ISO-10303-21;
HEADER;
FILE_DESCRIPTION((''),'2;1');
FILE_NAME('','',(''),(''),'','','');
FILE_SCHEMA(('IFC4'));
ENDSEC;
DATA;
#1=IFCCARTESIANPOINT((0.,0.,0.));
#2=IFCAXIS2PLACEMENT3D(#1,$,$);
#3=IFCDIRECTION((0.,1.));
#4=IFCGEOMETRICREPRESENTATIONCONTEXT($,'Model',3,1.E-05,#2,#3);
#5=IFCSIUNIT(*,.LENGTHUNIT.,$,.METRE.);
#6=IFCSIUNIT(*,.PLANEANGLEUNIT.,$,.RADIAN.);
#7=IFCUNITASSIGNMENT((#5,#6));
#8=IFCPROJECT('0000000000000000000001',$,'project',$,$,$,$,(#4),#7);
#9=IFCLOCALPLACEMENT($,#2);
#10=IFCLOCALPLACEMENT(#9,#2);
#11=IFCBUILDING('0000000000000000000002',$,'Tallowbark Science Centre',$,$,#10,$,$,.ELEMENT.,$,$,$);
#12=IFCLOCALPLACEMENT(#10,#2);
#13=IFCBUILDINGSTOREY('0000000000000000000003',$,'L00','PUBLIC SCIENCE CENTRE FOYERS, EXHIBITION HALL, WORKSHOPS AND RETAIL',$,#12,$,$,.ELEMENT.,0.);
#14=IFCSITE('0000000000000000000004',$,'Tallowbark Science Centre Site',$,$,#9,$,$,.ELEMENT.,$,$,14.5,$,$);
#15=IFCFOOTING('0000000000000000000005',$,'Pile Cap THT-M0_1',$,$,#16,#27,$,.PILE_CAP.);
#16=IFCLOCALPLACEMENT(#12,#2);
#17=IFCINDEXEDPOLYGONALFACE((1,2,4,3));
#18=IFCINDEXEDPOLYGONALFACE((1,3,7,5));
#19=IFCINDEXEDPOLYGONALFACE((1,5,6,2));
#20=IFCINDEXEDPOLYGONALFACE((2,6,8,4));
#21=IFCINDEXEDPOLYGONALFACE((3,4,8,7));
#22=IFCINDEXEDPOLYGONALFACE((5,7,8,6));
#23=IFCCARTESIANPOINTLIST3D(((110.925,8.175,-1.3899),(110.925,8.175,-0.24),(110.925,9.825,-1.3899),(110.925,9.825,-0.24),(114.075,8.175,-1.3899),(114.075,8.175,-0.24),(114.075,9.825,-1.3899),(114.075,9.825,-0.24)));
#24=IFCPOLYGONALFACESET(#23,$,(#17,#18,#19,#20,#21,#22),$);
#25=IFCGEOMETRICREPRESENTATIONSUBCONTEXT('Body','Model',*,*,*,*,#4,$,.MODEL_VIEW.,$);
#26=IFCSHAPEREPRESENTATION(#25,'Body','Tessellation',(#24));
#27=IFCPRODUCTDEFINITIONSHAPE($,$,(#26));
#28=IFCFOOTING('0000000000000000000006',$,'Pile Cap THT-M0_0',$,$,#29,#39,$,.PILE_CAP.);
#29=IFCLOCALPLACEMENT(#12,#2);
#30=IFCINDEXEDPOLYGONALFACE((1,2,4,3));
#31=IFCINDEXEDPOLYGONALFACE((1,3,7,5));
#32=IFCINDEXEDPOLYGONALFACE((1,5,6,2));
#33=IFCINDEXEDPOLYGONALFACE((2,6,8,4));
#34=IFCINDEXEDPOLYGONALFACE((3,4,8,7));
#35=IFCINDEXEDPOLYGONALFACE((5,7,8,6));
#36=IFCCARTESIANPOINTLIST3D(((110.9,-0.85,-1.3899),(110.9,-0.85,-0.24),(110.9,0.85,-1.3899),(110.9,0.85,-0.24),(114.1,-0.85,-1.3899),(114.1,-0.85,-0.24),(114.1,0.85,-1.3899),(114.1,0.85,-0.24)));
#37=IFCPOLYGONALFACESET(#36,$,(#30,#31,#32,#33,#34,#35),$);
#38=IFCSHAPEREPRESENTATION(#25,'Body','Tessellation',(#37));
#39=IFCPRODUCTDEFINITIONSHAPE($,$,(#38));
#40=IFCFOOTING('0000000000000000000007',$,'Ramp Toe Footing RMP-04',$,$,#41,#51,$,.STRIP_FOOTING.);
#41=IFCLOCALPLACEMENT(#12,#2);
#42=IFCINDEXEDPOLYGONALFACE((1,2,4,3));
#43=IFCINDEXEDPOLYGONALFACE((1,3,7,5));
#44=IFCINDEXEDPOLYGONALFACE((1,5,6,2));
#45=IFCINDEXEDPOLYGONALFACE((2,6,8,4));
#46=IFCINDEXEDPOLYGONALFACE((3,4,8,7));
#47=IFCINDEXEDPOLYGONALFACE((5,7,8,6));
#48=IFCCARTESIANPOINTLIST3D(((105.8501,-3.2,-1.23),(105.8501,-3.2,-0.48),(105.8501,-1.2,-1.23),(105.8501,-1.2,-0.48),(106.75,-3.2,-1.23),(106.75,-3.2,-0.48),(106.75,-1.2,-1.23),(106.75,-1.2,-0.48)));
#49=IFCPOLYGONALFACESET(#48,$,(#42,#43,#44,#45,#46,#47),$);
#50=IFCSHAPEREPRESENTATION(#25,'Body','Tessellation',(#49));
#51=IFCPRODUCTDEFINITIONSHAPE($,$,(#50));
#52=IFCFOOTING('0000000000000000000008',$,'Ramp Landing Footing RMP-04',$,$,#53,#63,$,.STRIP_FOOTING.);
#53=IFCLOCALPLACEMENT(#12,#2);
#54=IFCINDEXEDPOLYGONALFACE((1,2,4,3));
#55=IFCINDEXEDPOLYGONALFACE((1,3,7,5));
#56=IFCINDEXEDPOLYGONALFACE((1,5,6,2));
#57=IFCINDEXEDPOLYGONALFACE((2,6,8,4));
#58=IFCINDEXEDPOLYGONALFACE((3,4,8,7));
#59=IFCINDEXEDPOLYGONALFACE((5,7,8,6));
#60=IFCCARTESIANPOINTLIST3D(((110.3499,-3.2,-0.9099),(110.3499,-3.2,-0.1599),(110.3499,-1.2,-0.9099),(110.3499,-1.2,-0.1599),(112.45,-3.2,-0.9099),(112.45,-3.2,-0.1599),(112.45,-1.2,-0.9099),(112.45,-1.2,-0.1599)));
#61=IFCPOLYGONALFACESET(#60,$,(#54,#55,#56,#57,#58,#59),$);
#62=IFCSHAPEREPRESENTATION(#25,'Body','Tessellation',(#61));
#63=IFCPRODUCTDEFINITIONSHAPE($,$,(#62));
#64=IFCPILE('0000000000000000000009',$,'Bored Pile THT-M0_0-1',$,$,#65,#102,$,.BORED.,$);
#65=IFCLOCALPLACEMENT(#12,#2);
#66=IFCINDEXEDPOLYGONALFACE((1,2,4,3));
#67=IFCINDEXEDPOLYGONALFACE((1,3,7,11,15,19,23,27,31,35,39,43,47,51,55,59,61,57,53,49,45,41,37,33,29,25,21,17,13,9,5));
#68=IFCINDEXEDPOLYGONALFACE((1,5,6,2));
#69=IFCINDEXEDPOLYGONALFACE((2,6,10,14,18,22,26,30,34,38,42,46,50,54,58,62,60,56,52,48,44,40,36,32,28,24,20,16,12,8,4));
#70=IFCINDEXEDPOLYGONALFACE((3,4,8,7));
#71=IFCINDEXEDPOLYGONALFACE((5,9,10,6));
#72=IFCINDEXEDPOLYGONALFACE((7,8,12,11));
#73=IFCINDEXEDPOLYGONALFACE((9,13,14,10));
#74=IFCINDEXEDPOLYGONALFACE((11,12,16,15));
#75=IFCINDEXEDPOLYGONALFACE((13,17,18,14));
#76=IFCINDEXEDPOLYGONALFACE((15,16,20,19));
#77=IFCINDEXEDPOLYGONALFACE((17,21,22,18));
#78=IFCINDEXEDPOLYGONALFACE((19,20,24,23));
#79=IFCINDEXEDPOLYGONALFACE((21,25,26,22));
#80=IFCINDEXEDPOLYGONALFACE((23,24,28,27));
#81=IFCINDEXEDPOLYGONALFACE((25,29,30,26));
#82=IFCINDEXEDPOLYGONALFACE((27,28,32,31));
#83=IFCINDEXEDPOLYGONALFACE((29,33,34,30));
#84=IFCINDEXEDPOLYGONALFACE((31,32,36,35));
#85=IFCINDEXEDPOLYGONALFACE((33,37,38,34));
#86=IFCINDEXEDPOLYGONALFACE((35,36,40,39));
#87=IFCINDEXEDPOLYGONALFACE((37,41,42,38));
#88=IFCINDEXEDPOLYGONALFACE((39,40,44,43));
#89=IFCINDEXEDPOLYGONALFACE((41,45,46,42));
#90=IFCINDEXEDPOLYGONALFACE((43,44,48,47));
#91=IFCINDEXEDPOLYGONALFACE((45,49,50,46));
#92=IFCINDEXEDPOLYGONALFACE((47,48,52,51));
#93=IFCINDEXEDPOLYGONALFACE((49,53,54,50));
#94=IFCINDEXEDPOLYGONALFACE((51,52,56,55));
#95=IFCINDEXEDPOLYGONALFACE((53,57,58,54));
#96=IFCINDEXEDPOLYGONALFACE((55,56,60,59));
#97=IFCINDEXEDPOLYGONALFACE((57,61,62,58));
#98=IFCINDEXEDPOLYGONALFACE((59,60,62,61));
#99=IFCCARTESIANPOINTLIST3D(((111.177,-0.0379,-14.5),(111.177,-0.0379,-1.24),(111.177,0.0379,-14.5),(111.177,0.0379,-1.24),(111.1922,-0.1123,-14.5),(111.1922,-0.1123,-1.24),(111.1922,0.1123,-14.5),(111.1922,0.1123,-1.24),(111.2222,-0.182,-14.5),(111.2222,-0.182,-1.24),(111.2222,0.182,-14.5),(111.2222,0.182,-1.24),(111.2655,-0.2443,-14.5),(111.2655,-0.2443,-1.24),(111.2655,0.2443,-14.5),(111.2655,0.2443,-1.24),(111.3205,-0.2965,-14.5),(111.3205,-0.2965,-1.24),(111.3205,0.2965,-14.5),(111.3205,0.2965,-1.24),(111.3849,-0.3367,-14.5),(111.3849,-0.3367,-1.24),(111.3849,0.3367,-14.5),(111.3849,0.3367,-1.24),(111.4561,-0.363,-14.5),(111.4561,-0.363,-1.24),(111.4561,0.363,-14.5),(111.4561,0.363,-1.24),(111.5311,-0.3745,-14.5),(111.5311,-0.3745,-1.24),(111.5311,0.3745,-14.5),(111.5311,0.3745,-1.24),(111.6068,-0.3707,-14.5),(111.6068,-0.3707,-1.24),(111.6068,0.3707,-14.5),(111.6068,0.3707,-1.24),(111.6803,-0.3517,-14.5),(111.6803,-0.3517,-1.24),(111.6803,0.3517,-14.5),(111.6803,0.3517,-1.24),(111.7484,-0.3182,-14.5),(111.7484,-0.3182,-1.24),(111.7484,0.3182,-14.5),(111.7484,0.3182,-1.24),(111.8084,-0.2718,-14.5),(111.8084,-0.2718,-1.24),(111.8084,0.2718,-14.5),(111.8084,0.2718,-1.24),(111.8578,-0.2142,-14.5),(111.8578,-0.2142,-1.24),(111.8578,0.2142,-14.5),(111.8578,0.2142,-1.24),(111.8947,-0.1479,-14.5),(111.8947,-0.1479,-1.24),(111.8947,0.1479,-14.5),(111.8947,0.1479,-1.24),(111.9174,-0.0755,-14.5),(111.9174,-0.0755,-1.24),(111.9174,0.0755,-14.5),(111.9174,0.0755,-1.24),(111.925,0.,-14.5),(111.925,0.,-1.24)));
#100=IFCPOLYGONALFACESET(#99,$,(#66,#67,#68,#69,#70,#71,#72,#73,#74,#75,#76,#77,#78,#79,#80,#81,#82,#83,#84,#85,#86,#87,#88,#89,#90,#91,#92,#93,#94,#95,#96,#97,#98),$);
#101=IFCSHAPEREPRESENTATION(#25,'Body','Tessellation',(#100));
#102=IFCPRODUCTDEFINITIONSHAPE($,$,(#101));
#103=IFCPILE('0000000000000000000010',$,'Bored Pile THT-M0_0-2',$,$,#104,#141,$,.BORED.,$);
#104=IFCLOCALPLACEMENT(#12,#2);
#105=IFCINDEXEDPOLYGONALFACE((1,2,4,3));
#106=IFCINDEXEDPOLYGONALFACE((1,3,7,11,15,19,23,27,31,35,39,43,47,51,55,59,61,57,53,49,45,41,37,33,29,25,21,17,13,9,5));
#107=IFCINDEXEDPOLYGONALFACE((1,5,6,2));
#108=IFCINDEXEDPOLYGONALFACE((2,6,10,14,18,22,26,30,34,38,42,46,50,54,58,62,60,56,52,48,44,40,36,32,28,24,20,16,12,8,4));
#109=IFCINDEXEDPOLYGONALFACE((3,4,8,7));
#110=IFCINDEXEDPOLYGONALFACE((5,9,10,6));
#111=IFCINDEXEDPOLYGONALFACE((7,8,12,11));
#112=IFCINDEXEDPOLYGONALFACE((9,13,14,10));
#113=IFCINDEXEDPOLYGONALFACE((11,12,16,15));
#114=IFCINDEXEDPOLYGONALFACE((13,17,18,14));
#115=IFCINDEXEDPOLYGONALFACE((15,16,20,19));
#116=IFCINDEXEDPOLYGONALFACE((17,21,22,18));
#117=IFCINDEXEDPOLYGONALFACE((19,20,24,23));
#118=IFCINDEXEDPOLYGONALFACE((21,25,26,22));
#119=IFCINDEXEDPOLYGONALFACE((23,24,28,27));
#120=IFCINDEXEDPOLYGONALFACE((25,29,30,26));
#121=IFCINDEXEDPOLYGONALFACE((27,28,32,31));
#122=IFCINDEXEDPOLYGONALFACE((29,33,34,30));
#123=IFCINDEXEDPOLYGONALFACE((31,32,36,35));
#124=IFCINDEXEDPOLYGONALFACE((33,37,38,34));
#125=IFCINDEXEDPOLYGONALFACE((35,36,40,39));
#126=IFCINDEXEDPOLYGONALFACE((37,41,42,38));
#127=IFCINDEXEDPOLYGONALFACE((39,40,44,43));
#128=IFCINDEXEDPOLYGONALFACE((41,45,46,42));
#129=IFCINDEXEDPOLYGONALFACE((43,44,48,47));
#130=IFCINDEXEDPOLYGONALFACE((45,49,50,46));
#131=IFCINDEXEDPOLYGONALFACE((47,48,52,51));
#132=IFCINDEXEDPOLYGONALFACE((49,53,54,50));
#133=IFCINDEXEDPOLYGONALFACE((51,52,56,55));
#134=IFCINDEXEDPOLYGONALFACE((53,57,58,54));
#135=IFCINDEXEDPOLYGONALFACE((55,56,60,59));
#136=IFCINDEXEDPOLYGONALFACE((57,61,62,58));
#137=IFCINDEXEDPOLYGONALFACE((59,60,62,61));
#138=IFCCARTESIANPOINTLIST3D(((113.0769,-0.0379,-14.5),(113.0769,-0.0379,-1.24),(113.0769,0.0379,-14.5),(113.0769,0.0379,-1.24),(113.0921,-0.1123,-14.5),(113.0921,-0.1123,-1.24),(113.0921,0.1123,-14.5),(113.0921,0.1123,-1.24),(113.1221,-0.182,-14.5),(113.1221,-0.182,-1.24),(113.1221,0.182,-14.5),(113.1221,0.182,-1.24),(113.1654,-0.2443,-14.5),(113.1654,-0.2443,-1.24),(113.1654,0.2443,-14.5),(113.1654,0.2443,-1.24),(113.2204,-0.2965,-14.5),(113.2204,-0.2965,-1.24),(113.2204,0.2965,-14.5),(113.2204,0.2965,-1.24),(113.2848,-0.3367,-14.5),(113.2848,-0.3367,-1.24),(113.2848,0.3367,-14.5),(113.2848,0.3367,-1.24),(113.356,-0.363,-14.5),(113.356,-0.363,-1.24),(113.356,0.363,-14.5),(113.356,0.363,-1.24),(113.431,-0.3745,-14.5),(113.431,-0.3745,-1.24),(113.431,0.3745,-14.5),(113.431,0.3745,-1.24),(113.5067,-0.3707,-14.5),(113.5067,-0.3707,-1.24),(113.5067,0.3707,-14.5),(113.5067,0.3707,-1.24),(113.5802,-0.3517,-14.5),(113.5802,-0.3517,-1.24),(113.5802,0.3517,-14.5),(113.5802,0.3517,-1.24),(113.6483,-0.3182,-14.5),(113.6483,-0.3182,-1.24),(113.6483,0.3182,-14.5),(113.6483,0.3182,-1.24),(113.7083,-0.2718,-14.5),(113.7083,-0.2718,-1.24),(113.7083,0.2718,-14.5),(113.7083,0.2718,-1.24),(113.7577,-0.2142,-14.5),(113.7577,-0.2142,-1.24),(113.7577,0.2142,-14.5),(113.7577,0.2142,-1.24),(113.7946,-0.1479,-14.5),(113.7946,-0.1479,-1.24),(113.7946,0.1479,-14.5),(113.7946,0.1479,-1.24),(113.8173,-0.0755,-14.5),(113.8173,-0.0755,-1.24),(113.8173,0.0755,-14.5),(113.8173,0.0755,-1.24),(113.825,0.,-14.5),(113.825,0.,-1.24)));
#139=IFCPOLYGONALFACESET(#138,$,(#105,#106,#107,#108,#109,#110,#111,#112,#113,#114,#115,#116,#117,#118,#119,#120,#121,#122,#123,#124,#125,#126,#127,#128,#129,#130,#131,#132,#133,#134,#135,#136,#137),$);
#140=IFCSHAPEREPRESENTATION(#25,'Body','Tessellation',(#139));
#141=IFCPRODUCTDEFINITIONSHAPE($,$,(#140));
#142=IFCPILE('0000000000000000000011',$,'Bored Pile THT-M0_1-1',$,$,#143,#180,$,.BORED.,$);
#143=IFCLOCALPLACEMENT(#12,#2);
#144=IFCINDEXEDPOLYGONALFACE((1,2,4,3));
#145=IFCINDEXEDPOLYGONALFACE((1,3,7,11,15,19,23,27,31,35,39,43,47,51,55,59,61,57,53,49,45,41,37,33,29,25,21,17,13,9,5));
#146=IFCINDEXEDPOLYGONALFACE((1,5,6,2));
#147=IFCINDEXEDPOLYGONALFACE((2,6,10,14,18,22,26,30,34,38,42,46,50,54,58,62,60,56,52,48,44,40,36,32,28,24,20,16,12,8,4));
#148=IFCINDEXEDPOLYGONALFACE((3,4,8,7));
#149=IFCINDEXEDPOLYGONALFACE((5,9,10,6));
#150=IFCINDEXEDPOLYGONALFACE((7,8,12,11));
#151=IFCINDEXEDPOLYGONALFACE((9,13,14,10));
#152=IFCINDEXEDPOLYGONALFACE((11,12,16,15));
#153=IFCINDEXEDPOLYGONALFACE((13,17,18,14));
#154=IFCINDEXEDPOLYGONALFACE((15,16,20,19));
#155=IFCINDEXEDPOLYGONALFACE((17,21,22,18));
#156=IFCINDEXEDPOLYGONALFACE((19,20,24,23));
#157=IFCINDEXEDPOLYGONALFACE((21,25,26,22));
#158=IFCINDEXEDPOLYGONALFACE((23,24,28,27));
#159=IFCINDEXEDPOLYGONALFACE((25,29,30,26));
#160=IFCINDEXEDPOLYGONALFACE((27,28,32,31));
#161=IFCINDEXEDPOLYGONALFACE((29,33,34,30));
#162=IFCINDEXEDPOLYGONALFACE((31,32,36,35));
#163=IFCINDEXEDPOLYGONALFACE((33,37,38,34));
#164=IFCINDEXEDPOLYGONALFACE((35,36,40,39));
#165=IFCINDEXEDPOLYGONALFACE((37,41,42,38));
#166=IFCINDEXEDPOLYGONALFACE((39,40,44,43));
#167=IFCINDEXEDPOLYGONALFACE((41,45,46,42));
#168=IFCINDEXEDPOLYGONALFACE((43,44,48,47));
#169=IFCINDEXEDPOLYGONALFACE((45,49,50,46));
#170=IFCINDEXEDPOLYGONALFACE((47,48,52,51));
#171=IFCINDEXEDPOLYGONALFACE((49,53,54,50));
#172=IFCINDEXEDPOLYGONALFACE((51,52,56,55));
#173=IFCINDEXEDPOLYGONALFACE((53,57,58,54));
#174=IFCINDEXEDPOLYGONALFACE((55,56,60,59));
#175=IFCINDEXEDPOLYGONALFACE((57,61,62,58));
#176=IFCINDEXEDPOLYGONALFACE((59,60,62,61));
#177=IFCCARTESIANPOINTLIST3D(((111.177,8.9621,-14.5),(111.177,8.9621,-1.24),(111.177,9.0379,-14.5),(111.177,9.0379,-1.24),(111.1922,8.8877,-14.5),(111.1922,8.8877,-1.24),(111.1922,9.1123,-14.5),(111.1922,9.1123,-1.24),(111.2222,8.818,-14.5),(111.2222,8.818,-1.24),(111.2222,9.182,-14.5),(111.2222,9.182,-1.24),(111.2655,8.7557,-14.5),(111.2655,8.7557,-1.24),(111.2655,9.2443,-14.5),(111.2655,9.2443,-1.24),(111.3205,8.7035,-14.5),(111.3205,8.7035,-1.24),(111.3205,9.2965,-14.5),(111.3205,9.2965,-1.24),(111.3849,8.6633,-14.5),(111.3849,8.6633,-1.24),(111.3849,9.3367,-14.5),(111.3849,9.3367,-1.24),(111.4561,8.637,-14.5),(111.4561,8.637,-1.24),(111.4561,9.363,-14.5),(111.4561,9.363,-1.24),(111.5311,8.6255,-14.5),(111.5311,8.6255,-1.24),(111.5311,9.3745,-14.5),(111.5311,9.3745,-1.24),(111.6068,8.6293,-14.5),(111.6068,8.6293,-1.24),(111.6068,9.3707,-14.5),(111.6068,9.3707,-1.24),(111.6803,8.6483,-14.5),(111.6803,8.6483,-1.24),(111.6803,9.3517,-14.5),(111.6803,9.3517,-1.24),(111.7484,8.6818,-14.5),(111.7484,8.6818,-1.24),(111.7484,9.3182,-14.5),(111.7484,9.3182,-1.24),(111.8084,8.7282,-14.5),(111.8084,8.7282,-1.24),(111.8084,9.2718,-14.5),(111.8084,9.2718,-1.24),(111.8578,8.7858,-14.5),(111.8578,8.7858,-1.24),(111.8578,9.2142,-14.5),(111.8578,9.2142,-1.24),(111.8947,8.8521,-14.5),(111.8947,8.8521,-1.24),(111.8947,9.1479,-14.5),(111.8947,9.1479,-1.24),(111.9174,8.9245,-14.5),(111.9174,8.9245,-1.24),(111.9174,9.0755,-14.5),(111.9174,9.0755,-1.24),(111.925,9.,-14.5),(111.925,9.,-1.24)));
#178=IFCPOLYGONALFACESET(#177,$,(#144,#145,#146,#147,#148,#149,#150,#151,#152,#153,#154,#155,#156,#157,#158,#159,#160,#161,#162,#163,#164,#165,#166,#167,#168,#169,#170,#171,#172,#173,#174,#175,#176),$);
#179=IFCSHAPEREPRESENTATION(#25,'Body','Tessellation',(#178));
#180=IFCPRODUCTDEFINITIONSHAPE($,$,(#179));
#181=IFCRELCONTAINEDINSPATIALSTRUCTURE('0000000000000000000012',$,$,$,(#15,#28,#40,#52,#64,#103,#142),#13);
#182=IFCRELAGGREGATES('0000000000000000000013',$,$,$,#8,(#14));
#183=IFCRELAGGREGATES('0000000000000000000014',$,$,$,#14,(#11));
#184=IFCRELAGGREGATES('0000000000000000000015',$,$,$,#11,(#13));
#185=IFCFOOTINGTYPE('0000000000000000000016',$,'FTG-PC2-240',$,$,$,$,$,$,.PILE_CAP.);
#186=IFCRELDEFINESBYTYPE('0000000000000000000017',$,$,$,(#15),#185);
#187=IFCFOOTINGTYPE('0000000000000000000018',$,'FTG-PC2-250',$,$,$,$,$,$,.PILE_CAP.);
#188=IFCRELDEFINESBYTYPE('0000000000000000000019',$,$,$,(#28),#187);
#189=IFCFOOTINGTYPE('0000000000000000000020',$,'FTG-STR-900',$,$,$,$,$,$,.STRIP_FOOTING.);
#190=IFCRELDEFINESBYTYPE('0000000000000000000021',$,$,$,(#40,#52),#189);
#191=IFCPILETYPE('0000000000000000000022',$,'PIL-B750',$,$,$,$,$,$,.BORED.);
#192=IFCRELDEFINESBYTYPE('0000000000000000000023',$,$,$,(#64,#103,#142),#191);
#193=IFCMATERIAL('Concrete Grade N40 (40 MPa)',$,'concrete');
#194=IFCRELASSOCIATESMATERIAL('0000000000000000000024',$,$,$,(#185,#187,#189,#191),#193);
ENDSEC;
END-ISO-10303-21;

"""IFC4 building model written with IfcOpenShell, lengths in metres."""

from ifc_helpers import new_model, si_unit, direction, frame, origin, origin_2d, place, context, subcontext, project, spatial, rectangle, circle, extrude, material, material_profile, profile_set, type_object, element, save


model = new_model("IFC4")

# Units and contexts
model_context = context("Model", 3, precision=1e-05, world=origin(), true_north=direction((0.0, 1.0)))
body_context = subcontext(model_context, "Body", "Model", "MODEL_VIEW")
ifc_project = project(units=[si_unit("LENGTHUNIT", "METRE"), si_unit("PLANEANGLEUNIT", "RADIAN")], contexts=[model_context])

# Site, building, storey
site_placement = place(None, origin())
site = spatial("IfcSite", under=ifc_project, at=site_placement, Name="Tallowbark Science Centre Site", CompositionType="ELEMENT", RefElevation=14.5)
building_placement = place(site_placement, origin())
building = spatial("IfcBuilding", under=site, at=building_placement, Name="Tallowbark Science Centre", CompositionType="ELEMENT")
storey_placement = place(building_placement, origin())
storey = spatial("IfcBuildingStorey", under=building, at=storey_placement, Name="L00", Description="PUBLIC SCIENCE CENTRE FOYERS, EXHIBITION HALL, WORKSHOPS AND RETAIL", CompositionType="ELEMENT", Elevation=0.0)

# Footings
ifc_material_1 = material(Name="Concrete Grade N40 (40 MPa)", Category="concrete")
footing_type_1 = type_object("IfcFootingType", Name="FTG-PC2-240", PredefinedType="PILE_CAP", material=ifc_material_1)
footing_1_placement = place(storey_placement, frame((112.5, 9.0, -1.3899), z_axis=(0.0, 0.0, 1.0), x_axis=(1.0, 0.0, 0.0)))
element("IfcFooting", 1, at=footing_1_placement, inside=storey, type_object=footing_type_1, Name="Pile Cap THT-M0_1", PredefinedType="PILE_CAP", context=body_context, shape_type="SweptSolid", body=[
    extrude(rectangle(XDim=3.1499, YDim=1.6499, at=origin_2d()), origin(), (0.0, 0.0, 1.0), 1.1499),
])
footing_type_2 = type_object("IfcFootingType", Name="FTG-PC2-250", PredefinedType="PILE_CAP", material=ifc_material_1)
footing_2_placement = place(storey_placement, frame((112.5, 0.0, -1.3899), z_axis=(0.0, 0.0, 1.0), x_axis=(1.0, 0.0, 0.0)))
element("IfcFooting", 2, at=footing_2_placement, inside=storey, type_object=footing_type_2, Name="Pile Cap THT-M0_0", PredefinedType="PILE_CAP", context=body_context, shape_type="SweptSolid", body=[
    extrude(rectangle(XDim=3.2, YDim=1.7, at=origin_2d()), origin(), (0.0, 0.0, 1.0), 1.1499),
])
footing_type_3 = type_object("IfcFootingType", Name="FTG-STR-900", PredefinedType="STRIP_FOOTING", material=ifc_material_1)
footing_3_placement = place(storey_placement, frame((106.3, -2.2, -1.23), z_axis=(0.0, 0.0, 1.0), x_axis=(0.0, 1.0, 0.0)))
element("IfcFooting", 3, at=footing_3_placement, inside=storey, type_object=footing_type_3, Name="Ramp Toe Footing RMP-04", PredefinedType="STRIP_FOOTING", context=body_context, shape_type="SweptSolid", body=[
    extrude(rectangle(XDim=2.0, YDim=0.8999, at=origin_2d()), origin(), (0.0, 0.0, 1.0), 0.75),
])
footing_4_placement = place(storey_placement, frame((111.3999, -2.2, -0.9099), z_axis=(0.0, 0.0, 1.0), x_axis=(1.0, 0.0, 0.0)))
element("IfcFooting", 4, at=footing_4_placement, inside=storey, type_object=footing_type_3, Name="Ramp Landing Footing RMP-04", PredefinedType="STRIP_FOOTING", context=body_context, shape_type="SweptSolid", body=[
    extrude(rectangle(XDim=2.1001, YDim=2.0, at=origin_2d()), origin(), (0.0, 0.0, 1.0), 0.75),
])

# Piles
ifc_material_profile_1 = material_profile(ifc_material_1, circle(Radius=0.375, at=origin_2d()), Name="PILE750")
ifc_profile_set_1 = profile_set([ifc_material_profile_1], Name="Concrete Grade N40 (40 MPa)")
pile_type = type_object("IfcPileType", Name="PIL-B750", PredefinedType="BORED", material=ifc_profile_set_1)
for number, where, z_axis, x_axis, name in (
    (5, (111.55, 0.0, -1.24), (0.0, 0.0, -1.0), (1.0, 0.0, 0.0), "Bored Pile THT-M0_0-1"),
    (6, (113.45, 0.0, -1.24), (0.0, 0.0, -1.0), (1.0, 0.0, 0.0), "Bored Pile THT-M0_0-2"),
    (7, (111.55, 9.0, -1.24), (0.0, 0.0, -1.0), (1.0, 0.0, 0.0), "Bored Pile THT-M0_1-1"),
):
    element("IfcPile", number, at=place(storey_placement, frame(where, z_axis=z_axis, x_axis=x_axis)), inside=storey, type_object=pile_type, Name=name, PredefinedType="BORED", context=body_context, shape_type="SweptSolid", body=[
        extrude(circle(Radius=0.375, at=origin_2d()), origin(), (0.0, 0.0, 1.0), 13.26),
    ])

save(model, "model.ifc")
